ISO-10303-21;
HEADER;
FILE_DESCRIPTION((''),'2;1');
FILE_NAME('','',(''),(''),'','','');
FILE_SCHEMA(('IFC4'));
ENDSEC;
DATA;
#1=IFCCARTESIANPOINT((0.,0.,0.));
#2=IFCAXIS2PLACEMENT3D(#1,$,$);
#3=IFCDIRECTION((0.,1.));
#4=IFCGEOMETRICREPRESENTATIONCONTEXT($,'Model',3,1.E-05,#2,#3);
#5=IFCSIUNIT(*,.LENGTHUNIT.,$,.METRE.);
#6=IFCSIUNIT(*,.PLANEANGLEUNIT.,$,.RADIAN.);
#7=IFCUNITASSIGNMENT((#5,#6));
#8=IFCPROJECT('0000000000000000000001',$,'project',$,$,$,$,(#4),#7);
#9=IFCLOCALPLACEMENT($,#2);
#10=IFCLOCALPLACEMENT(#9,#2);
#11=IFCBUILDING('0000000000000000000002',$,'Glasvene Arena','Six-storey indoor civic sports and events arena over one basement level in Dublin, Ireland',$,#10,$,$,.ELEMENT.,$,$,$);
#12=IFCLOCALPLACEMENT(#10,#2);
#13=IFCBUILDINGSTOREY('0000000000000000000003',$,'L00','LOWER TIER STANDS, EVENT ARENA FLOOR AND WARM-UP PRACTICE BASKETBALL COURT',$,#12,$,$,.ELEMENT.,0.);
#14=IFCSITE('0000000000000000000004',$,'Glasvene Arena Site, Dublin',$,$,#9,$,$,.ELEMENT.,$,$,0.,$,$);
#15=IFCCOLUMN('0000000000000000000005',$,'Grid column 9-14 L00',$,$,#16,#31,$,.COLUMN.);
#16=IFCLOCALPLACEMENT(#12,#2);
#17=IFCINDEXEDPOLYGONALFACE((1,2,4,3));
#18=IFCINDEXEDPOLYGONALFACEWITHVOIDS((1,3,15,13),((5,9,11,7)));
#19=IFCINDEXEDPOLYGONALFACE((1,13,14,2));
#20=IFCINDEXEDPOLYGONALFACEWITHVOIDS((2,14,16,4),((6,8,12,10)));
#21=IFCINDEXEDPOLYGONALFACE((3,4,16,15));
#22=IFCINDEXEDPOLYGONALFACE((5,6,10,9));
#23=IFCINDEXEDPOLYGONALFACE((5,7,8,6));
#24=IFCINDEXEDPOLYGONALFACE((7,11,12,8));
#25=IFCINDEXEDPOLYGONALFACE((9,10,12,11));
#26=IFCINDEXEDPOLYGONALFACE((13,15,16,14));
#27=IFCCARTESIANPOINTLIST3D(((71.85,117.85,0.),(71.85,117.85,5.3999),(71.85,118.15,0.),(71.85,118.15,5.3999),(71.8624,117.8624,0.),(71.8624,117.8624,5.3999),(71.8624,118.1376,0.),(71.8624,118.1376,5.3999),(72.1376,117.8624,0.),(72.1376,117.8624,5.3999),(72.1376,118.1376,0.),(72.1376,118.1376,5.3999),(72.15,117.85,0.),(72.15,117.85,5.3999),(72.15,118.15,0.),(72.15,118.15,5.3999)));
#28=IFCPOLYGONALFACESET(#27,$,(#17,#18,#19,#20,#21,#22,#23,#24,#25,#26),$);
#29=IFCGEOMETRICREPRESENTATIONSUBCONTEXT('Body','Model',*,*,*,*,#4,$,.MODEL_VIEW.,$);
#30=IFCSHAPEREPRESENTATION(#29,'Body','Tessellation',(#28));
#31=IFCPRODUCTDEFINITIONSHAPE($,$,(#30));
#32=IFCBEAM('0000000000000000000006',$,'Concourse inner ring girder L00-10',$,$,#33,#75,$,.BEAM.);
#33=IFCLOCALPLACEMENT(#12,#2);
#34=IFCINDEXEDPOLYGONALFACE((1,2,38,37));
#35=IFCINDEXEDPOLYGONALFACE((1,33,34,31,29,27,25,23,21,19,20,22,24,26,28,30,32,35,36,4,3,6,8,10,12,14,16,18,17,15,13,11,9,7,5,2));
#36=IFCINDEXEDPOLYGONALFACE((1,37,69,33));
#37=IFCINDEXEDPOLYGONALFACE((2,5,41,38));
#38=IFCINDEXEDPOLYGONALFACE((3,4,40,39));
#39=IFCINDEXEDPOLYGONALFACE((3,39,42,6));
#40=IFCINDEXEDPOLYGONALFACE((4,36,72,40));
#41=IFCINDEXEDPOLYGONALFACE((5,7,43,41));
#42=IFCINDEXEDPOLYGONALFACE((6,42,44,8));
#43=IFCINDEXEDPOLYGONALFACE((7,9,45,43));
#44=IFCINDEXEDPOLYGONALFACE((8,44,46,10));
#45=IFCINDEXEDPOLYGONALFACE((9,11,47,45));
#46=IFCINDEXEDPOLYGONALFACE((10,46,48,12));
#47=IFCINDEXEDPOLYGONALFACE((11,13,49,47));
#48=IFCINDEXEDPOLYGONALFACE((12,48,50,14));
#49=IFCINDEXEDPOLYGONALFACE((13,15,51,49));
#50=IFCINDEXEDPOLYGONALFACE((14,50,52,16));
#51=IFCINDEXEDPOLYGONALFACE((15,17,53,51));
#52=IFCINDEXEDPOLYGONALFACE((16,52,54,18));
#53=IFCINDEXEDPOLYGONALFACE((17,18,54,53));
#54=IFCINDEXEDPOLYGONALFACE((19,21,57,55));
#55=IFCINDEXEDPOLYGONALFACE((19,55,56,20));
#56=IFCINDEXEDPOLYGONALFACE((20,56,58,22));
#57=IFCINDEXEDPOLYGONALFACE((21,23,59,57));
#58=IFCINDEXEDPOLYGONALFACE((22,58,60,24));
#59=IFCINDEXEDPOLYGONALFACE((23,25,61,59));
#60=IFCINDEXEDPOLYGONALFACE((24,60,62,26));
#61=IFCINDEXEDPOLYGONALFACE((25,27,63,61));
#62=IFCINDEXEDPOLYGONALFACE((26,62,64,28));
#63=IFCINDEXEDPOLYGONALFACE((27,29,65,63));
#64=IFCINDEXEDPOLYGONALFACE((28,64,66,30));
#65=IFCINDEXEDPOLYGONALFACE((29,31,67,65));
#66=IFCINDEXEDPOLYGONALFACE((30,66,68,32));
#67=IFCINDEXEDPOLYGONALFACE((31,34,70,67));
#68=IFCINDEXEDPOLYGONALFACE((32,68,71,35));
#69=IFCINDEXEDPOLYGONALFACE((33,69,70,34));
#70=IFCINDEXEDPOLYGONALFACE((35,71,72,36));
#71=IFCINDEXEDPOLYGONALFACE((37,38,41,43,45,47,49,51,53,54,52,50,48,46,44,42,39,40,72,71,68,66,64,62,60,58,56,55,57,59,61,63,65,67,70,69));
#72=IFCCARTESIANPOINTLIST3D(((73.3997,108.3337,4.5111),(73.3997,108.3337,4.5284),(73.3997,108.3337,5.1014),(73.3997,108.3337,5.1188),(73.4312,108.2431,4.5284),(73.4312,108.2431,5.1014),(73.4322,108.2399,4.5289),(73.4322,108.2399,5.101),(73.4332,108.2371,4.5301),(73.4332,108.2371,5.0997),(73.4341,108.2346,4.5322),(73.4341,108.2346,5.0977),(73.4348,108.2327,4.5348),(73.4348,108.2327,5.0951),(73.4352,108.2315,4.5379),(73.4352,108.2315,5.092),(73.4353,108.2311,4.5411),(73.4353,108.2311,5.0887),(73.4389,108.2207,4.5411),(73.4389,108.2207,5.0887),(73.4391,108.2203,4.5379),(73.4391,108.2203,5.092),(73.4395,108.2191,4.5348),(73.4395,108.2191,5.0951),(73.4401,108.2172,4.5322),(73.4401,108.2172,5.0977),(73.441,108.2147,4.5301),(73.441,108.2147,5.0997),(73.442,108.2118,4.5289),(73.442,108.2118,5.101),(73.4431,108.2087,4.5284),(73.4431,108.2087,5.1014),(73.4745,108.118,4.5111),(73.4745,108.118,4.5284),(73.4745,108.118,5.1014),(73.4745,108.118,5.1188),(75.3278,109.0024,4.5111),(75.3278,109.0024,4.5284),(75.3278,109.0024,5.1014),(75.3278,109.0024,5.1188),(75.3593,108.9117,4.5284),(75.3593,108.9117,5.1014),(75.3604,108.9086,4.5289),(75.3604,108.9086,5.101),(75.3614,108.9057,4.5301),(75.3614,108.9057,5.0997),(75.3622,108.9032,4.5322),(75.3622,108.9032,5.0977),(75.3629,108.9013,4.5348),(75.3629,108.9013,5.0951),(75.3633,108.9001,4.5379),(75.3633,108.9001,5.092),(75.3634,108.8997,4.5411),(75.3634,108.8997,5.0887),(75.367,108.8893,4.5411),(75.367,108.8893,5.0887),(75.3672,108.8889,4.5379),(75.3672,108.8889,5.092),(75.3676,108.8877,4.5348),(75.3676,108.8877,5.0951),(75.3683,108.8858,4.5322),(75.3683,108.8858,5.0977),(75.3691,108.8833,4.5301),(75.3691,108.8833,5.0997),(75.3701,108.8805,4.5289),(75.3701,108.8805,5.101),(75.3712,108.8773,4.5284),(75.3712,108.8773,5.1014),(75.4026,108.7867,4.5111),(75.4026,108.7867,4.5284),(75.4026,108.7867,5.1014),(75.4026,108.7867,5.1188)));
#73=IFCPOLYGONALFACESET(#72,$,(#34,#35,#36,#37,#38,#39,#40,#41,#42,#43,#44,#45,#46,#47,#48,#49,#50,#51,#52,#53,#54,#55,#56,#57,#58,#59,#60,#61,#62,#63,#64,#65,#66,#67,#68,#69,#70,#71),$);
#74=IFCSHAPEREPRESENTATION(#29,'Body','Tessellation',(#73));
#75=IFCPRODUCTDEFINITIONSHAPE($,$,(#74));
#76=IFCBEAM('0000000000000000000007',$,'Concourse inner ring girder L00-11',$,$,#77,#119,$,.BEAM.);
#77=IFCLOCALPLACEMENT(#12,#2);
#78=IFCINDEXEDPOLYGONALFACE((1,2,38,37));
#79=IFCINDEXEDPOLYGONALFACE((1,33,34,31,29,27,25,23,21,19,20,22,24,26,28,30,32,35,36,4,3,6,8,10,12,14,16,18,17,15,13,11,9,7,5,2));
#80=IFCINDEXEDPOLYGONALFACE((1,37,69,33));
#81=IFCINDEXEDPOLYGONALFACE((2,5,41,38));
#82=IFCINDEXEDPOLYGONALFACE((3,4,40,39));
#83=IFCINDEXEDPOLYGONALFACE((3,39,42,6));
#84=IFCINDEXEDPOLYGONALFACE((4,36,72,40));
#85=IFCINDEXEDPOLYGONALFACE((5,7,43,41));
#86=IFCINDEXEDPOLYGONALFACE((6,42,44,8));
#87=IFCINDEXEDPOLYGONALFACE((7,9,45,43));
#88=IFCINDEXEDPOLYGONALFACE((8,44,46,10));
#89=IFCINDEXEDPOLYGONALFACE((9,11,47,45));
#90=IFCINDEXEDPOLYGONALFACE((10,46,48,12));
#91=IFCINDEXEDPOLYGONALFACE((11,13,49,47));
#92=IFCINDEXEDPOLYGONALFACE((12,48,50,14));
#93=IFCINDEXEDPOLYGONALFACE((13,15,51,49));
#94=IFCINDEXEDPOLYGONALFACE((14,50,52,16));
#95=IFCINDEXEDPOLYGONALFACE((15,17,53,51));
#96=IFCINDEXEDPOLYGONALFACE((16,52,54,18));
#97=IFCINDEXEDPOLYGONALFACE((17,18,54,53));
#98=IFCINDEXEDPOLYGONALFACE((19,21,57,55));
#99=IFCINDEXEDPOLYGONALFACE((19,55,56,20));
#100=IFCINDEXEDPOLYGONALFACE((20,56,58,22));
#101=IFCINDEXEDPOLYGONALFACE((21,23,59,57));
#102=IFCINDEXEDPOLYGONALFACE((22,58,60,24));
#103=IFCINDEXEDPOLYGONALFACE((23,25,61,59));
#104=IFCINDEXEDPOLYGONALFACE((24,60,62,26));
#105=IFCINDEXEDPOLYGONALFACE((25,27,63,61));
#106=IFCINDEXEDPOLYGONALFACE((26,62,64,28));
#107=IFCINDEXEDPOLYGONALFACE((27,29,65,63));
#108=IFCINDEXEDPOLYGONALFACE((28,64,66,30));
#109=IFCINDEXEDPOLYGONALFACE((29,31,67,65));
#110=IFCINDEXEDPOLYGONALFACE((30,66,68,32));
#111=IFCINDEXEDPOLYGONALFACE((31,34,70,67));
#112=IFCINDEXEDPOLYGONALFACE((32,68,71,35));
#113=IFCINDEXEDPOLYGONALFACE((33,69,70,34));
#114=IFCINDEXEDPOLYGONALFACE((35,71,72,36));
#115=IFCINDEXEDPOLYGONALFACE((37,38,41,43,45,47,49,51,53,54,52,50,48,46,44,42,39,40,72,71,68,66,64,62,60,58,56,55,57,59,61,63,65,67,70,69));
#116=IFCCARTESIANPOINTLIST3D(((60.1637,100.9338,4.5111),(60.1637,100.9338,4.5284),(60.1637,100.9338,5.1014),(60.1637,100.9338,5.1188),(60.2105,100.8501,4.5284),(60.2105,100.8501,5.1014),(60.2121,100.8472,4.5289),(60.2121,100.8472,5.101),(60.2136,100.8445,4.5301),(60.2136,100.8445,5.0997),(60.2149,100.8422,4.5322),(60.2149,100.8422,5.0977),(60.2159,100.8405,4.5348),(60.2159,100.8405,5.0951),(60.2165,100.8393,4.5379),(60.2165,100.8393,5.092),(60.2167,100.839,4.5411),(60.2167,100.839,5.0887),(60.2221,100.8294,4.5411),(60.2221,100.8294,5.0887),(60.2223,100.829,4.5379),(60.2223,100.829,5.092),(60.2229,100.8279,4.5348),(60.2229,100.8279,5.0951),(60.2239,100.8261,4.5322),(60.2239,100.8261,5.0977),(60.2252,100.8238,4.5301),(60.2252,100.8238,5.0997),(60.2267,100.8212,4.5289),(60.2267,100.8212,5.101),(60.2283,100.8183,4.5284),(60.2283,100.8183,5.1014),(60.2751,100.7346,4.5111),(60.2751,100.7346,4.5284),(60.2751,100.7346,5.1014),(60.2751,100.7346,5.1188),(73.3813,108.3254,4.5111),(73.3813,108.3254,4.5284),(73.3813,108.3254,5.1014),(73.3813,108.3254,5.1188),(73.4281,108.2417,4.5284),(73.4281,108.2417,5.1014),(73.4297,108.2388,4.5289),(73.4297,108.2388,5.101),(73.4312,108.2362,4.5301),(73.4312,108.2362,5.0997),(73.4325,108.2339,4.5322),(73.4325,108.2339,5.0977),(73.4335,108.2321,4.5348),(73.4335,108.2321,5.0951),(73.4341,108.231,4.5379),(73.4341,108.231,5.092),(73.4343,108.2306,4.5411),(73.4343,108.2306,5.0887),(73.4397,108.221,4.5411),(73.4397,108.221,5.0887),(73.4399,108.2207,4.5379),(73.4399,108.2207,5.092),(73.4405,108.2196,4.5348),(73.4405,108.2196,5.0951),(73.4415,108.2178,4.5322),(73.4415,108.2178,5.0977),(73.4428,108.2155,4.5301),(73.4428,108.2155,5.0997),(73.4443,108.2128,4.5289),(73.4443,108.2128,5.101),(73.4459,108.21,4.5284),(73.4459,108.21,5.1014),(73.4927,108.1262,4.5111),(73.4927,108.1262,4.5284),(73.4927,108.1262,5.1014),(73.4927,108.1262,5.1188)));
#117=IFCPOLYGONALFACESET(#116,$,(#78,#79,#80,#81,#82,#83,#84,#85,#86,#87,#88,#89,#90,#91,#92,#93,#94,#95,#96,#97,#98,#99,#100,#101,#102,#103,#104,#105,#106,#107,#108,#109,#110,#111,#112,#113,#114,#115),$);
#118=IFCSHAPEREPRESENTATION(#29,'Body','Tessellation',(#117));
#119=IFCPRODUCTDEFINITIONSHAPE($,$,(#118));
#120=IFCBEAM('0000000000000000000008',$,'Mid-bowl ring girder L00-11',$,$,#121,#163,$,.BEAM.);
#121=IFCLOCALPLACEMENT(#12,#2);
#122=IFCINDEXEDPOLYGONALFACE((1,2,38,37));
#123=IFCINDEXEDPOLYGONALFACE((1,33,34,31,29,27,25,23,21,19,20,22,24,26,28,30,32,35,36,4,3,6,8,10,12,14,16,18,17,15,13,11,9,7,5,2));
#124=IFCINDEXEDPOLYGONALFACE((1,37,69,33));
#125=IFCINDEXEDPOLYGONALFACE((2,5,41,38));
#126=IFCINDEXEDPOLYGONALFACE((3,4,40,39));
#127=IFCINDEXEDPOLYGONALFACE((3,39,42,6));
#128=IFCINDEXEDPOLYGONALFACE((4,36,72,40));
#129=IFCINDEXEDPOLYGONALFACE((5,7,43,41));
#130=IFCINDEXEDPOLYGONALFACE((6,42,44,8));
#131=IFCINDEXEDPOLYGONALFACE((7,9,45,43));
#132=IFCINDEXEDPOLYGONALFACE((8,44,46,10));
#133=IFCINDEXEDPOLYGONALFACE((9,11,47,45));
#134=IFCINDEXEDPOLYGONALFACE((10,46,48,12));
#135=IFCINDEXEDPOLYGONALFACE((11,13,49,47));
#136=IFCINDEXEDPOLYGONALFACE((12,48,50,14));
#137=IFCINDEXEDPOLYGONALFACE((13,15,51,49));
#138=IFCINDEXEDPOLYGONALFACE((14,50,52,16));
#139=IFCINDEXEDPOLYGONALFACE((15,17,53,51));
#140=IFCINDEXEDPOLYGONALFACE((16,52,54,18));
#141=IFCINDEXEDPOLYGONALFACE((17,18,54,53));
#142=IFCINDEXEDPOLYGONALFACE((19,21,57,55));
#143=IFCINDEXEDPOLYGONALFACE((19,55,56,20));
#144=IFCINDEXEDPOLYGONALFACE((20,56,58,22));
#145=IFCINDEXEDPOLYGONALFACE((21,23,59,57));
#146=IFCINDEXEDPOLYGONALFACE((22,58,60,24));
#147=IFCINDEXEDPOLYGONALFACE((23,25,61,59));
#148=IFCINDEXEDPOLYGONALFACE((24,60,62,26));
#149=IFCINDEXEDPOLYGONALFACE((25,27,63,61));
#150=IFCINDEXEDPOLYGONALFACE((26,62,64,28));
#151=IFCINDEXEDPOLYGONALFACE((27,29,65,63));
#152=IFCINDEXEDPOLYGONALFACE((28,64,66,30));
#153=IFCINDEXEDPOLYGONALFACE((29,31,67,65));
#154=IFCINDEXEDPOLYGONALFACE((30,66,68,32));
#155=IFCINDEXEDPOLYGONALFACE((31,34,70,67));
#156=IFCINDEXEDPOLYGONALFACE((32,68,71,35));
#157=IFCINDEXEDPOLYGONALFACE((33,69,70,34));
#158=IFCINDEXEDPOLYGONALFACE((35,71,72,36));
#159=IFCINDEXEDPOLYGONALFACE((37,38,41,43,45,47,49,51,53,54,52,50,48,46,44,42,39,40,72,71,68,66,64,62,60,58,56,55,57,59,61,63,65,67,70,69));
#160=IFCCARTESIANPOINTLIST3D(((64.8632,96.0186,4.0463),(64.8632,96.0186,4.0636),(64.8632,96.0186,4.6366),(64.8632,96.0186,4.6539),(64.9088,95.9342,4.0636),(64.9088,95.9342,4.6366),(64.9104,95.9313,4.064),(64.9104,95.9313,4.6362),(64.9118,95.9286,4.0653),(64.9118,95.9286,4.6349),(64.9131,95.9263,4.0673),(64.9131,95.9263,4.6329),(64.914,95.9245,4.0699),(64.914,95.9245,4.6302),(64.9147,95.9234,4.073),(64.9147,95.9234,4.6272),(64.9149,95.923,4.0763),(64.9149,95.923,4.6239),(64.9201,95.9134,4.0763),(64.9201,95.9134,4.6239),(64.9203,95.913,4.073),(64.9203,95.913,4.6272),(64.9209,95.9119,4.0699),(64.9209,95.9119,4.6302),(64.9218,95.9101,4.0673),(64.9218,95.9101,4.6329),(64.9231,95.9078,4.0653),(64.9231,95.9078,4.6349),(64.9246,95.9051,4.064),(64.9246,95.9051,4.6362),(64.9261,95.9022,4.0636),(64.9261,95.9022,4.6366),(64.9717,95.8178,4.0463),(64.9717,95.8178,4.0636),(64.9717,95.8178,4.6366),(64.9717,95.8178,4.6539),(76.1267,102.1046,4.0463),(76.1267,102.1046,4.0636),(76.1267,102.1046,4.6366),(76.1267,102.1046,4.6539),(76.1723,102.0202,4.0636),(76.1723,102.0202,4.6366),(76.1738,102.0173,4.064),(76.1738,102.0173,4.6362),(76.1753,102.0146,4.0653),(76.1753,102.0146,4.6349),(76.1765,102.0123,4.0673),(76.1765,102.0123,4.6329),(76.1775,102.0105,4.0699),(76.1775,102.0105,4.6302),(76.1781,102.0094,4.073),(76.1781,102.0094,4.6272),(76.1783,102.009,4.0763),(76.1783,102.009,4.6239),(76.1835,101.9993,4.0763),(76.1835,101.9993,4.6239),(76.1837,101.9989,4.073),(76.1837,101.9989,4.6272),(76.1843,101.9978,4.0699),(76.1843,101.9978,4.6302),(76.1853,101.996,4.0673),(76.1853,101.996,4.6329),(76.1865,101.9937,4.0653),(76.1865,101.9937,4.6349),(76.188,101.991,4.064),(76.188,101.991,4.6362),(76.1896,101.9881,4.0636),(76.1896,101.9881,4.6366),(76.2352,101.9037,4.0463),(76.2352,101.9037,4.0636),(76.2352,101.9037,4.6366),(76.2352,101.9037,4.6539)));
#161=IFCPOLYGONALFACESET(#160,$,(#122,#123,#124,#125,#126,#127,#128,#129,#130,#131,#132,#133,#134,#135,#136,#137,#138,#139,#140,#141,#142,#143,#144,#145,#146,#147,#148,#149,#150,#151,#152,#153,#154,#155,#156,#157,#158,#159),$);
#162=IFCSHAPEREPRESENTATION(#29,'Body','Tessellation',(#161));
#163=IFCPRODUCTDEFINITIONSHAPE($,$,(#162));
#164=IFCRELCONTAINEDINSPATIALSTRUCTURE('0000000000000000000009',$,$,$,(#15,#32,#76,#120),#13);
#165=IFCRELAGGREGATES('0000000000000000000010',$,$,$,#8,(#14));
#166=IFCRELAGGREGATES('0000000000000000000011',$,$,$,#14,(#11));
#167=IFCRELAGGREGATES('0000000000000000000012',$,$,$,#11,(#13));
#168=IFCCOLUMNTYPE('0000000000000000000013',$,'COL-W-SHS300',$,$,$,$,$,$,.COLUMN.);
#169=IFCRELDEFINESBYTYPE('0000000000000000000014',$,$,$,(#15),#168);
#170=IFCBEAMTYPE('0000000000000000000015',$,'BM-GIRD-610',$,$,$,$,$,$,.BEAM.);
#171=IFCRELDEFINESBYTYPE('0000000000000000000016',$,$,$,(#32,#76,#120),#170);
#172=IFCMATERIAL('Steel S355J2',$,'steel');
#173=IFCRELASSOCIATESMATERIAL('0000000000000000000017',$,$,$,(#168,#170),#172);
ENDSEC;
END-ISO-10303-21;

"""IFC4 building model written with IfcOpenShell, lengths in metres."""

from ifc_helpers import new_model, si_unit, direction, frame, origin, origin_2d, place, context, subcontext, project, spatial, hollow_rectangle, i_section, extrude, material, material_profile, profile_set, type_object, element, save


model = new_model("IFC4")

# Units and contexts
model_context = context("Model", 3, precision=1e-05, world=origin(), true_north=direction((0.0, 1.0)))
body_context = subcontext(model_context, "Body", "Model", "MODEL_VIEW")
ifc_project = project(units=[si_unit("LENGTHUNIT", "METRE"), si_unit("PLANEANGLEUNIT", "RADIAN")], contexts=[model_context])

# Site, building, storey
site_placement = place(None, origin())
site = spatial("IfcSite", under=ifc_project, at=site_placement, Name="Glasvene Arena Site, Dublin", CompositionType="ELEMENT", RefElevation=0.0)
building_placement = place(site_placement, origin())
building = spatial("IfcBuilding", under=site, at=building_placement, Name="Glasvene Arena", Description="Six-storey indoor civic sports and events arena over one basement level in Dublin, Ireland", CompositionType="ELEMENT")
storey_placement = place(building_placement, origin())
storey = spatial("IfcBuildingStorey", under=building, at=storey_placement, Name="L00", Description="LOWER TIER STANDS, EVENT ARENA FLOOR AND WARM-UP PRACTICE BASKETBALL COURT", CompositionType="ELEMENT", Elevation=0.0)

# Column
ifc_material_1 = material(Name="Steel S355J2", Category="steel")
ifc_material_profile_1 = material_profile(ifc_material_1, hollow_rectangle(XDim=0.3, YDim=0.3, WallThickness=0.0125, at=origin_2d()), Name="SHS 300x300x12.5")
ifc_profile_set_1 = profile_set([ifc_material_profile_1], Name="Steel S355J2")
column_type_1 = type_object("IfcColumnType", Name="COL-W-SHS300", PredefinedType="COLUMN", material=ifc_profile_set_1)
column_placement = place(storey_placement, frame((72.0, 118.0, 0.0), z_axis=(0.0, 0.0, 1.0), x_axis=(1.0, 0.0, 0.0)))
element("IfcColumn", 1, at=column_placement, inside=storey, type_object=column_type_1, Name="Grid column 9-14 L00", PredefinedType="COLUMN", context=body_context, shape_type="SweptSolid", body=[
    extrude(hollow_rectangle(XDim=0.3, YDim=0.3, WallThickness=0.0125, at=origin_2d()), origin(), (0.0, 0.0, 1.0), 5.3999),
])

# Beams
ifc_material_profile_2 = material_profile(ifc_material_1, i_section(OverallWidth=0.2283, OverallDepth=0.6077, WebThickness=0.011, FlangeThickness=0.0173, FilletRadius=0.0127, at=origin_2d()), Name="UKB 610x229x113")
ifc_profile_set_2 = profile_set([ifc_material_profile_2], Name="Steel S355J2")
beam_type_1 = type_object("IfcBeamType", Name="BM-GIRD-610", PredefinedType="BEAM", material=ifc_profile_set_2)
beam_1_placement = place(storey_placement, frame((75.3652, 108.8945, 4.8149), z_axis=(-0.944798, -0.327653, 0.0), x_axis=(0.327653, -0.944798, 0.0)))
element("IfcBeam", 2, at=beam_1_placement, inside=storey, type_object=beam_type_1, Name="Concourse inner ring girder L00-10", PredefinedType="BEAM", context=body_context, shape_type="SweptSolid", body=[
    extrude(i_section(OverallWidth=0.2283, OverallDepth=0.6077, WebThickness=0.011, FlangeThickness=0.0173, FilletRadius=0.0127, at=origin_2d()), origin(), (0.0, 0.0, 1.0), 2.0408),
])
beam_2_placement = place(storey_placement, frame((73.437, 108.2258, 4.8149), z_axis=(-0.872793, -0.48809, 0.0), x_axis=(0.48809, -0.872793, 0.0)))
element("IfcBeam", 3, at=beam_2_placement, inside=storey, type_object=beam_type_1, Name="Concourse inner ring girder L00-11", PredefinedType="BEAM", context=body_context, shape_type="SweptSolid", body=[
    extrude(i_section(OverallWidth=0.2283, OverallDepth=0.6077, WebThickness=0.011, FlangeThickness=0.0173, FilletRadius=0.0127, at=origin_2d()), origin(), (0.0, 0.0, 1.0), 15.144),
])
beam_3_placement = place(storey_placement, frame((76.1809, 102.0042, 4.3501), z_axis=(-0.879785, -0.475372, 0.0), x_axis=(0.475372, -0.879785, 0.0)))
element("IfcBeam", 4, at=beam_3_placement, inside=storey, type_object=beam_type_1, Name="Mid-bowl ring girder L00-11", PredefinedType="BEAM", context=body_context, shape_type="SweptSolid", body=[
    extrude(i_section(OverallWidth=0.2283, OverallDepth=0.6077, WebThickness=0.011, FlangeThickness=0.0173, FilletRadius=0.0127, at=origin_2d()), origin(), (0.0, 0.0, 1.0), 12.8025),
])

save(model, "model.ifc")
